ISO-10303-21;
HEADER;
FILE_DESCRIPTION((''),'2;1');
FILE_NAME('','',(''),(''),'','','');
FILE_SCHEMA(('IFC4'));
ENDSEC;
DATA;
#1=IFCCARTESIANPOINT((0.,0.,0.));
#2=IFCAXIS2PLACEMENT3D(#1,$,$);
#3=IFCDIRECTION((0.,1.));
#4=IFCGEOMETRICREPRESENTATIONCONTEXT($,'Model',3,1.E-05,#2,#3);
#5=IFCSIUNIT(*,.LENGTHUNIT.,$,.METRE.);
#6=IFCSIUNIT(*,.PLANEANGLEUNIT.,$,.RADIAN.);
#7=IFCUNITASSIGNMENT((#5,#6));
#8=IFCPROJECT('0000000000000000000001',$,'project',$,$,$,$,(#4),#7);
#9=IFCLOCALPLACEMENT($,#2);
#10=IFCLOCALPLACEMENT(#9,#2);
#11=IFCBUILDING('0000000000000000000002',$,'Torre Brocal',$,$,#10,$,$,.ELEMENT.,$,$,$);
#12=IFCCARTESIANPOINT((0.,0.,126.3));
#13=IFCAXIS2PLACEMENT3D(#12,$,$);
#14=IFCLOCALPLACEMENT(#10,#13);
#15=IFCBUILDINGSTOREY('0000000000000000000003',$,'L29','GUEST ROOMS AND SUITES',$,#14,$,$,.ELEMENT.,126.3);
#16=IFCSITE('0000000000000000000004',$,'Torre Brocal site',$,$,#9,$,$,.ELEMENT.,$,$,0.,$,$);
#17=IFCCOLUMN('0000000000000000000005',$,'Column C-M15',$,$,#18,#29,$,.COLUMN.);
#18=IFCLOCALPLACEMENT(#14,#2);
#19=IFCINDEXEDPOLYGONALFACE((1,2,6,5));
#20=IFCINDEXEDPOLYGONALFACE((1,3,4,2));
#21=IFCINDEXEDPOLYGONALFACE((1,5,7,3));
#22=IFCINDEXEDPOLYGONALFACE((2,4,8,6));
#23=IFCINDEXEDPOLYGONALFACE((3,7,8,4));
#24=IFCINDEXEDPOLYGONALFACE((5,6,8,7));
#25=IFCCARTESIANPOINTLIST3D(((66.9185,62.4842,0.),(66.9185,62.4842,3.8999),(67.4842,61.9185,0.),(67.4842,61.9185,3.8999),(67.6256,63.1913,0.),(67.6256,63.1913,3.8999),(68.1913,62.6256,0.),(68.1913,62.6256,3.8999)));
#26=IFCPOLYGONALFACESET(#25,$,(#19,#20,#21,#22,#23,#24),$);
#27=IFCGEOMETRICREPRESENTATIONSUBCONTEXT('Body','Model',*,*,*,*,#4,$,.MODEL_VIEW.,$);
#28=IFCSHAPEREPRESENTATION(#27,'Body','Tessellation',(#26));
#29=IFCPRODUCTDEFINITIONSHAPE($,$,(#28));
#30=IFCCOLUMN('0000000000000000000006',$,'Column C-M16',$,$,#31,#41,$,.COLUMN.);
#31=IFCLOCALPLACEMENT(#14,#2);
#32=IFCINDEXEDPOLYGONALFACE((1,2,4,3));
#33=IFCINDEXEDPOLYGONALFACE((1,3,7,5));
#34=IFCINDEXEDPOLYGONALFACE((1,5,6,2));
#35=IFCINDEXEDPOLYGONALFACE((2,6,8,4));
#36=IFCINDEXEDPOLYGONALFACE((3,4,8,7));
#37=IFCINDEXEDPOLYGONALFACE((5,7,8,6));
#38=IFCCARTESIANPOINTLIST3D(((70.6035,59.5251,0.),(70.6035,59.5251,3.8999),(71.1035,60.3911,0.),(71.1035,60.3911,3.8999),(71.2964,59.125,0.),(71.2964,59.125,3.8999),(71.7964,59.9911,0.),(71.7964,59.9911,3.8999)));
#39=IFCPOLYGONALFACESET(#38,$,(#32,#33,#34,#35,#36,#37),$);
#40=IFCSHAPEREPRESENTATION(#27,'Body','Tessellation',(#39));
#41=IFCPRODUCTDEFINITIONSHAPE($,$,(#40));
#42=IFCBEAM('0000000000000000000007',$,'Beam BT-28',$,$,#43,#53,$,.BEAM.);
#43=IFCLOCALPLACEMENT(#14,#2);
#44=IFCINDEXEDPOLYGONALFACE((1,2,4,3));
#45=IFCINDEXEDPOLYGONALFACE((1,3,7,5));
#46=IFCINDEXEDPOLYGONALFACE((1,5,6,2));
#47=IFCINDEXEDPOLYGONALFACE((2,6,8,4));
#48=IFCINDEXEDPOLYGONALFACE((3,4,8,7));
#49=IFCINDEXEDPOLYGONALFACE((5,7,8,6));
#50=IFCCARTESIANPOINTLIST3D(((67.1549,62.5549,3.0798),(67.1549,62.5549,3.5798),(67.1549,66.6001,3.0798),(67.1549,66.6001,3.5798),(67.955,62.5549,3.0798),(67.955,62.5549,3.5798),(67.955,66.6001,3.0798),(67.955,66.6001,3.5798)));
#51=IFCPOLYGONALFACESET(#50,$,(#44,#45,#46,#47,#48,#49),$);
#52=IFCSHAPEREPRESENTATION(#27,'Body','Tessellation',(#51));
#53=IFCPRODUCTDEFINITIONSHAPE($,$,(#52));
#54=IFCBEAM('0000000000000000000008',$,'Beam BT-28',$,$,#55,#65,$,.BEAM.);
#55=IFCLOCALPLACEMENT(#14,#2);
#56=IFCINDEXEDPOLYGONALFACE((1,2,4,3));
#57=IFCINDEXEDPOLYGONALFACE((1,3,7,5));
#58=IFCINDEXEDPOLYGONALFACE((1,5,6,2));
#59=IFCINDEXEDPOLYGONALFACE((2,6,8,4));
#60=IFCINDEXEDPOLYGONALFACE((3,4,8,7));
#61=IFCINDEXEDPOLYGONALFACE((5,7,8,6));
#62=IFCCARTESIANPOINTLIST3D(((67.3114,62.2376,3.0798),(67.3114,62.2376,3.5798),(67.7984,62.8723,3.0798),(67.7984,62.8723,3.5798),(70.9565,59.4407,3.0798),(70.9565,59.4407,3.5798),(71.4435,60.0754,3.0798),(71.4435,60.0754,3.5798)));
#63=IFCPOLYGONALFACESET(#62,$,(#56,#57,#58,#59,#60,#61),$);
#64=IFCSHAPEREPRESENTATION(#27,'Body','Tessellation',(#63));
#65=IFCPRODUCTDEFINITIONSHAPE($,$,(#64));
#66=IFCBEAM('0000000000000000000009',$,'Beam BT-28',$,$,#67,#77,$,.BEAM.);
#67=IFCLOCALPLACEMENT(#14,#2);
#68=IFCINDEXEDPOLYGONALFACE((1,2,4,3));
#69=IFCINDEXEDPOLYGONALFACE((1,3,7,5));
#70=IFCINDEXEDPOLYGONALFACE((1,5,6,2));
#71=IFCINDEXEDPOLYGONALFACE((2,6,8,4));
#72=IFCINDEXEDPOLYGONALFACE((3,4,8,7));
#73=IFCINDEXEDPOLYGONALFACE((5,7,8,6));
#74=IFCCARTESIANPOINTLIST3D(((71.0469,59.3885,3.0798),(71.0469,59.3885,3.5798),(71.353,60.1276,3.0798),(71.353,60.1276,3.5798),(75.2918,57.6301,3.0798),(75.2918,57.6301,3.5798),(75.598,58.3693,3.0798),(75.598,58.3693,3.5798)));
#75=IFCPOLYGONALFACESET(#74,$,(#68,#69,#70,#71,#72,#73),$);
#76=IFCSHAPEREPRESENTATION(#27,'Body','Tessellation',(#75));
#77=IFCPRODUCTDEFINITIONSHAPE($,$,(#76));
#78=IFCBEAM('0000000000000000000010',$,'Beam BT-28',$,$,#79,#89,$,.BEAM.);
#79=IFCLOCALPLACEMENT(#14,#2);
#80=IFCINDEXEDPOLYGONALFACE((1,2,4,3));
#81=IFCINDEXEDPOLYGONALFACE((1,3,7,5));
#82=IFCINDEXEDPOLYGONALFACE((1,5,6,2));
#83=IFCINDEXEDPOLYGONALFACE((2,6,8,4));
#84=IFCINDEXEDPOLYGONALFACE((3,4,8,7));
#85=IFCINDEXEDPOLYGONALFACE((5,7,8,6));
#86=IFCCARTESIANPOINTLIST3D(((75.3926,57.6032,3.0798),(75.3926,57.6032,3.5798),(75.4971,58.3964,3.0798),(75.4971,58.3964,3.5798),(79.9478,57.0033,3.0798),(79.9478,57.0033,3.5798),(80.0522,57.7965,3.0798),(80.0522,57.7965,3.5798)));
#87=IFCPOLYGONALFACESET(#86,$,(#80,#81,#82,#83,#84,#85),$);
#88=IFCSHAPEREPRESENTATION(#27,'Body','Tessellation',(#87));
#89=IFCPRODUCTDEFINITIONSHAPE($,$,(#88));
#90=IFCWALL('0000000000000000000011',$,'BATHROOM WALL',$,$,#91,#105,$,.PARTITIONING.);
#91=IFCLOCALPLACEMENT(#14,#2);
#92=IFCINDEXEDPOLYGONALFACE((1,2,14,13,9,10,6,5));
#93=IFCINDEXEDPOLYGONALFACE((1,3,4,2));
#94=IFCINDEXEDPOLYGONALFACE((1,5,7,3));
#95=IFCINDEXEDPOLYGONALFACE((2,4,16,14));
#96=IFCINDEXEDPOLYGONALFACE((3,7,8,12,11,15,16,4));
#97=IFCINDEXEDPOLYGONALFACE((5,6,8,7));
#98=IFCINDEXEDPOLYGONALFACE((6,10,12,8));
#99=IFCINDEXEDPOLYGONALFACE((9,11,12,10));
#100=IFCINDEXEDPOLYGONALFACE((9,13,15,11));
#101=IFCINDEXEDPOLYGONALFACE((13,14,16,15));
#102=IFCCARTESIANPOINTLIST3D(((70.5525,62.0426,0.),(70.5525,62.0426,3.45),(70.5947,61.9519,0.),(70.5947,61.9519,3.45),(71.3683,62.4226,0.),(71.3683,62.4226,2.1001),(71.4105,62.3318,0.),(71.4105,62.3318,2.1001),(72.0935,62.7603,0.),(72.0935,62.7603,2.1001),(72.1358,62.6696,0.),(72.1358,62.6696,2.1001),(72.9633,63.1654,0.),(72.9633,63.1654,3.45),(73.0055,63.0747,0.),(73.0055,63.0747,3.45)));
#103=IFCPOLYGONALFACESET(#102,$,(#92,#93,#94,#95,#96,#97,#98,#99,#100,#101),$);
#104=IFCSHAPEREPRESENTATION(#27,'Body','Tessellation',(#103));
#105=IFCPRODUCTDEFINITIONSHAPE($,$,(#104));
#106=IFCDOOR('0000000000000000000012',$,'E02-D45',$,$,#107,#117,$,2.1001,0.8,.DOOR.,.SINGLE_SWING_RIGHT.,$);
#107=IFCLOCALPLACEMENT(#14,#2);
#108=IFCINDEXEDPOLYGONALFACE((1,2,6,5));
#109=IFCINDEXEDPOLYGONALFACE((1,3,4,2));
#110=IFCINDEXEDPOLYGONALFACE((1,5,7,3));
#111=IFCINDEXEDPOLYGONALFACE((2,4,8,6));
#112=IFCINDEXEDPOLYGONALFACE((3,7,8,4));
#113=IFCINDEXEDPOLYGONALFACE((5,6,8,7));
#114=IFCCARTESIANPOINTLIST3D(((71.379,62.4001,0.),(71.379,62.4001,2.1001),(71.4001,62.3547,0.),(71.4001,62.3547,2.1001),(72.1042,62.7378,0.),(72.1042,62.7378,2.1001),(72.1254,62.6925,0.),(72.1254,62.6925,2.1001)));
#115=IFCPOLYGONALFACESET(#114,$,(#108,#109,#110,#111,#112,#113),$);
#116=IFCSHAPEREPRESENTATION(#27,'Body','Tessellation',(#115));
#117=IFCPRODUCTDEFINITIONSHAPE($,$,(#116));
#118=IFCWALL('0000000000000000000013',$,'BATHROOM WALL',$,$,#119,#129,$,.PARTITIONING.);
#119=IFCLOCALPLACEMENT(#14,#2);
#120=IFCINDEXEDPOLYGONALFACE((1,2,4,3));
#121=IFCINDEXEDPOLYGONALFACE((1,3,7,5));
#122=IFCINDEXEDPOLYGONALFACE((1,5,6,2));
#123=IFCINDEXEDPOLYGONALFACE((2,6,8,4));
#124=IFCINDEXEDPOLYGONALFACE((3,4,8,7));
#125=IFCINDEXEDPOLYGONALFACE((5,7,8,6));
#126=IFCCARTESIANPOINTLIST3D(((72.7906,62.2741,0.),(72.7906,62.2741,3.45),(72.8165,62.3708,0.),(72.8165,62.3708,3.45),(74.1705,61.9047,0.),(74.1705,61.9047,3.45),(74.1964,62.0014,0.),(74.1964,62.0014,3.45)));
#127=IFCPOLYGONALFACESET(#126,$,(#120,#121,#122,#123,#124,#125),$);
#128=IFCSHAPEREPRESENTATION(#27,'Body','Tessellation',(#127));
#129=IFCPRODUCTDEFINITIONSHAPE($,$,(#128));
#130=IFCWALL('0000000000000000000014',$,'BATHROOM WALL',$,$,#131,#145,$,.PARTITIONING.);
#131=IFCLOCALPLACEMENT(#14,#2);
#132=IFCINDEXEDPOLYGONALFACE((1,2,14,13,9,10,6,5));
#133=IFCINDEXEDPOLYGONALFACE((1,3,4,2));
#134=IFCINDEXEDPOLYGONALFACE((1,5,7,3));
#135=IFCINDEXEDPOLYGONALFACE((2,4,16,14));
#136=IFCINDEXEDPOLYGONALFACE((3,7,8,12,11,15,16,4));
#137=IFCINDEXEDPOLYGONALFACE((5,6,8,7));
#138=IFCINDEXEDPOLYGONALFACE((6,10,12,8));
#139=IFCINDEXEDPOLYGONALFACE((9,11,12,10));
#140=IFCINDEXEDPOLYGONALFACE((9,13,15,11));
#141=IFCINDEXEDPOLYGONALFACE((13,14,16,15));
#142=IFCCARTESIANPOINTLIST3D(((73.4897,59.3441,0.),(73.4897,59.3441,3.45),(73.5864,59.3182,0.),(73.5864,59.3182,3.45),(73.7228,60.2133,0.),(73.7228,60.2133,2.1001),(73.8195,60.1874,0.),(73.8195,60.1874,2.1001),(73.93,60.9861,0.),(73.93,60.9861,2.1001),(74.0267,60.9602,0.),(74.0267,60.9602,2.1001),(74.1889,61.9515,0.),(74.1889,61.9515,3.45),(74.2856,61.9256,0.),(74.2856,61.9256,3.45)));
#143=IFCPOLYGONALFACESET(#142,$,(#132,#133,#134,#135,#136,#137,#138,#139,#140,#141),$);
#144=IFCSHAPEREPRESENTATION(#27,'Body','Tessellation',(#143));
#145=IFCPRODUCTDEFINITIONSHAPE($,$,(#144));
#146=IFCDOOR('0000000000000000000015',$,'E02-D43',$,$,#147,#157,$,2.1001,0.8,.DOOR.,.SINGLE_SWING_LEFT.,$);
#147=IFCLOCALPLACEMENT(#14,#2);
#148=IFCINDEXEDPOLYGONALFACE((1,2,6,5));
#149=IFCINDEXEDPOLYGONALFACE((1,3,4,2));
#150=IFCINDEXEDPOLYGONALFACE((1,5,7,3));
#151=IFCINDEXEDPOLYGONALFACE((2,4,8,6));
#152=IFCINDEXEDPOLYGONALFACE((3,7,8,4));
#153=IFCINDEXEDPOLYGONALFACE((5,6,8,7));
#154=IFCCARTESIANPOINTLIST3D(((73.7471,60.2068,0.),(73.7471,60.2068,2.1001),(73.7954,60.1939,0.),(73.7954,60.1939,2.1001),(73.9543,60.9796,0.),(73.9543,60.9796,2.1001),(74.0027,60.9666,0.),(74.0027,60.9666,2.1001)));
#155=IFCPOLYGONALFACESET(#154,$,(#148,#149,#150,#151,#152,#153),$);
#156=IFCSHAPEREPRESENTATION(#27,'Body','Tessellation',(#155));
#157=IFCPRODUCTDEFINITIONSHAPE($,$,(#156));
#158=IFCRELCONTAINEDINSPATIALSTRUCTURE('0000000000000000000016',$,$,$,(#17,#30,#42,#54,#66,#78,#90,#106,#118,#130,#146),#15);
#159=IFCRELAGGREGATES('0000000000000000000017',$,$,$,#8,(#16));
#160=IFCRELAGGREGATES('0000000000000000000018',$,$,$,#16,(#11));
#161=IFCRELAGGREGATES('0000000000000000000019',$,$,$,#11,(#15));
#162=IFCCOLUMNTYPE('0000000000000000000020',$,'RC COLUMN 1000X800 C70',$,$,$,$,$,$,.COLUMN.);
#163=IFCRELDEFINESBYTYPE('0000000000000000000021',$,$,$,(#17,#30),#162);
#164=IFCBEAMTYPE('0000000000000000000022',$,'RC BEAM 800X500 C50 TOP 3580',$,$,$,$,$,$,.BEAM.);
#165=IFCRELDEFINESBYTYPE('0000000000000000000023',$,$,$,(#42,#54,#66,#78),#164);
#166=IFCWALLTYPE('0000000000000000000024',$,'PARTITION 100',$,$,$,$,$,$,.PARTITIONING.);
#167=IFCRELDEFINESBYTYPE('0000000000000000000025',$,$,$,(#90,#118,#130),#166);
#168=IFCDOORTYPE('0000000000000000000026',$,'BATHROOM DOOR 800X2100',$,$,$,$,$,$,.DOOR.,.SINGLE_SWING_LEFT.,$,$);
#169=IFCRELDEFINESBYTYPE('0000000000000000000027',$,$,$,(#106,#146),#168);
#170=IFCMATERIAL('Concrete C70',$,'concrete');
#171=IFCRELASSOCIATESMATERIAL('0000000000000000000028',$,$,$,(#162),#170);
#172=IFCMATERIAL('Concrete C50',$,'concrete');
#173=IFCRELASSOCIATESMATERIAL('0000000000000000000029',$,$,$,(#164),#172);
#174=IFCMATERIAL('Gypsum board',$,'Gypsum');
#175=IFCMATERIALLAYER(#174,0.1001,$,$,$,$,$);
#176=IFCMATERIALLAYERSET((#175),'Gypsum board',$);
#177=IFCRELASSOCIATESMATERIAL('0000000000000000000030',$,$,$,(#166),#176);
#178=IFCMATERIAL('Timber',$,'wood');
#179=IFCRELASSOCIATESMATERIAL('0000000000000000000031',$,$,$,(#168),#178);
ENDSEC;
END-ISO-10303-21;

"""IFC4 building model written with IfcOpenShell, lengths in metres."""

from ifc_helpers import new_model, si_unit, direction, frame, frame_2d, origin, origin_2d, place, context, subcontext, project, spatial, rectangle, extrude, material, layer, layer_set, material_profile, profile_set, type_object, element, fill, save


model = new_model("IFC4")

# Units and contexts
model_context = context("Model", 3, precision=1e-05, world=origin(), true_north=direction((0.0, 1.0)))
body_context = subcontext(model_context, "Body", "Model", "MODEL_VIEW")
ifc_project = project(units=[si_unit("LENGTHUNIT", "METRE"), si_unit("PLANEANGLEUNIT", "RADIAN")], contexts=[model_context])

# Site, building, storey
site_placement = place(None, origin())
site = spatial("IfcSite", under=ifc_project, at=site_placement, Name="Torre Brocal site", CompositionType="ELEMENT", RefElevation=0.0)
building_placement = place(site_placement, origin())
building = spatial("IfcBuilding", under=site, at=building_placement, Name="Torre Brocal", CompositionType="ELEMENT")
storey_placement = place(building_placement, frame((0.0, 0.0, 126.3)))
storey = spatial("IfcBuildingStorey", under=building, at=storey_placement, Name="L29", Description="GUEST ROOMS AND SUITES", CompositionType="ELEMENT", Elevation=126.3)

# Columns
ifc_material_1 = material(Name="Concrete C70", Category="concrete")
ifc_material_profile_1 = material_profile(ifc_material_1, rectangle(XDim=1.0, YDim=0.8, at=origin_2d()), Name="RC 1000X800")
ifc_profile_set_1 = profile_set([ifc_material_profile_1], Name="Concrete C70")
column_type = type_object("IfcColumnType", Name="RC COLUMN 1000X800 C70", PredefinedType="COLUMN", material=ifc_profile_set_1)
for number, where, z_axis, x_axis, name in (
    (1, (67.5549, 62.5549, 0.0), (0.0, 0.0, 1.0), (-0.707107, -0.707107, 0.0), "Column C-M15"),
    (2, (71.2, 59.7581, 0.0), (0.0, 0.0, 1.0), (-0.5, -0.866025, 0.0), "Column C-M16"),
):
    element("IfcColumn", number, at=place(storey_placement, frame(where, z_axis=z_axis, x_axis=x_axis)), inside=storey, type_object=column_type, Name=name, PredefinedType="COLUMN", context=body_context, shape_type="SweptSolid", body=[
        extrude(rectangle(XDim=1.0, YDim=0.8, at=origin_2d()), origin(), (0.0, 0.0, 1.0), 3.8999),
    ])

# Beams
ifc_material_2 = material(Name="Concrete C50", Category="concrete")
ifc_material_profile_2 = material_profile(ifc_material_2, rectangle(XDim=0.8, YDim=0.5, at=origin_2d()), Name="RC 800X500")
ifc_profile_set_2 = profile_set([ifc_material_profile_2], Name="Concrete C50")
beam_type = type_object("IfcBeamType", Name="RC BEAM 800X500 C50 TOP 3580", PredefinedType="BEAM", material=ifc_profile_set_2)
beam_1_placement = place(storey_placement, frame((67.5549, 62.5549, 3.3298), z_axis=(0.0, 1.0, 0.0), x_axis=(-1.0, 0.0, 0.0)))
element("IfcBeam", 3, at=beam_1_placement, inside=storey, type_object=beam_type, Name="Beam BT-28", PredefinedType="BEAM", context=body_context, shape_type="SweptSolid", body=[
    extrude(rectangle(XDim=0.8, YDim=0.5, at=origin_2d()), origin(), (0.0, 0.0, 1.0), 4.0452),
])
beam_2_placement = place(storey_placement, frame((67.5549, 62.5549, 3.3298), z_axis=(0.793358, -0.608755, 0.0), x_axis=(0.608755, 0.793358, 0.0)))
element("IfcBeam", 4, at=beam_2_placement, inside=storey, type_object=beam_type, Name="Beam BT-28", PredefinedType="BEAM", context=body_context, shape_type="SweptSolid", body=[
    extrude(rectangle(XDim=0.8, YDim=0.5, at=origin_2d()), origin(), (0.0, 0.0, 1.0), 4.5945),
])
beam_3_placement = place(storey_placement, frame((71.2, 59.7581, 3.3298), z_axis=(0.923878, -0.382687, 0.0), x_axis=(0.382687, 0.923878, 0.0)))
element("IfcBeam", 5, at=beam_3_placement, inside=storey, type_object=beam_type, Name="Beam BT-28", PredefinedType="BEAM", context=body_context, shape_type="SweptSolid", body=[
    extrude(rectangle(XDim=0.8, YDim=0.5, at=origin_2d()), origin(), (0.0, 0.0, 1.0), 4.5947),
])
beam_4_placement = place(storey_placement, frame((75.4448, 57.9998, 3.3298), z_axis=(0.991441, -0.130559, 0.0), x_axis=(0.130559, 0.991441, 0.0)))
element("IfcBeam", 6, at=beam_4_placement, inside=storey, type_object=beam_type, Name="Beam BT-28", PredefinedType="BEAM", context=body_context, shape_type="SweptSolid", body=[
    extrude(rectangle(XDim=0.8, YDim=0.5, at=origin_2d()), origin(), (0.0, 0.0, 1.0), 4.5945),
])

# Wall, opening, door
ifc_material_3 = material(Name="Gypsum board", Category="Gypsum")
ifc_layer_1 = layer(ifc_material_3, 0.1001)
ifc_layer_set_1 = layer_set([ifc_layer_1], Name="Gypsum board")
wall_type_1 = type_object("IfcWallType", Name="PARTITION 100", PredefinedType="PARTITIONING", material=ifc_layer_set_1)
wall_1_placement = place(storey_placement, frame((70.5737, 61.9973, 0.0), z_axis=(0.0, 0.0, 1.0), x_axis=(0.906511, 0.422182, 0.0)))
wall_1 = element("IfcWall", 7, at=wall_1_placement, inside=storey, type_object=wall_type_1, Name="BATHROOM WALL", PredefinedType="PARTITIONING", context=body_context, shape_type="SweptSolid", body=[
    extrude(rectangle(XDim=2.6594, YDim=0.1001, at=frame_2d((1.3296, 0.0))), origin(), (0.0, 0.0, 1.0), 3.45),
])
opening_1_placement = place(wall_1_placement, frame((0.8999, 0.0, 0.0)))
opening_1 = element("IfcOpeningElement", 8, at=opening_1_placement, cuts=wall_1, PredefinedType="OPENING", context=body_context, shape_type="SweptSolid", body=[
    extrude(rectangle(XDim=0.8, YDim=2.1001, at=frame_2d((0.3999, 1.05))), frame((0.0, 0.0601, 0.0), z_axis=(0.0, -1.0, 0.0), x_axis=(1.0, 0.0, 0.0)), (0.0, 0.0, 1.0), 0.1201),
])
ifc_material_4 = material(Name="Timber", Category="wood")
door_type_1 = type_object("IfcDoorType", Name="BATHROOM DOOR 800X2100", OperationType="SINGLE_SWING_LEFT", PredefinedType="DOOR", material=ifc_material_4)
door_1_placement = place(opening_1_placement, frame((0.8, 0.0, 0.0), z_axis=(0.0, 0.0, 1.0), x_axis=(-1.0, 0.0, 0.0)))
door_1 = element("IfcDoor", 9, at=door_1_placement, inside=storey, type_object=door_type_1, Name="E02-D45", OperationType="SINGLE_SWING_RIGHT", OverallHeight=2.1001, OverallWidth=0.8, PredefinedType="DOOR", context=body_context, shape_type="SweptSolid", body=[
    extrude(rectangle(XDim=0.8, YDim=2.1001, at=frame_2d((0.3999, 1.05))), frame((0.0, 0.0249, 0.0), z_axis=(0.0, -1.0, 0.0), x_axis=(1.0, 0.0, 0.0)), (0.0, 0.0, 1.0), 0.05),
])
fill(opening_1, door_1)

# Wall
wall_2_placement = place(storey_placement, frame((72.8035, 62.3225, 0.0), z_axis=(0.0, 0.0, 1.0), x_axis=(0.965988, -0.258588, 0.0)))
element("IfcWall", 10, at=wall_2_placement, inside=storey, type_object=wall_type_1, Name="BATHROOM WALL", PredefinedType="PARTITIONING", context=body_context, shape_type="SweptSolid", body=[
    extrude(rectangle(XDim=1.4285, YDim=0.1001, at=frame_2d((0.7144, 0.0))), origin(), (0.0, 0.0, 1.0), 3.45),
])

# Wall, opening, door
wall_3_placement = place(storey_placement, frame((73.5381, 59.3313, 0.0), z_axis=(0.0, 0.0, 1.0), x_axis=(0.259013, 0.965874, 0.0)))
wall_3 = element("IfcWall", 11, at=wall_3_placement, inside=storey, type_object=wall_type_1, Name="BATHROOM WALL", PredefinedType="PARTITIONING", context=body_context, shape_type="SweptSolid", body=[
    extrude(rectangle(XDim=2.6995, YDim=0.1001, at=frame_2d((1.3496, 0.0))), origin(), (0.0, 0.0, 1.0), 3.45),
])
opening_2_placement = place(wall_3_placement, frame((0.8999, 0.0, 0.0)))
opening_2 = element("IfcOpeningElement", 12, at=opening_2_placement, cuts=wall_3, PredefinedType="OPENING", context=body_context, shape_type="SweptSolid", body=[
    extrude(rectangle(XDim=0.8, YDim=2.1001, at=frame_2d((0.3999, 1.05))), frame((0.0, 0.0601, 0.0), z_axis=(0.0, -1.0, 0.0), x_axis=(1.0, 0.0, 0.0)), (0.0, 0.0, 1.0), 0.1201),
])
door_2_placement = place(opening_2_placement, origin())
door_2 = element("IfcDoor", 13, at=door_2_placement, inside=storey, type_object=door_type_1, Name="E02-D43", OperationType="SINGLE_SWING_LEFT", OverallHeight=2.1001, OverallWidth=0.8, PredefinedType="DOOR", context=body_context, shape_type="SweptSolid", body=[
    extrude(rectangle(XDim=0.8, YDim=2.1001, at=frame_2d((0.3999, 1.05))), frame((0.0, 0.0249, 0.0), z_axis=(0.0, -1.0, 0.0), x_axis=(1.0, 0.0, 0.0)), (0.0, 0.0, 1.0), 0.05),
])
fill(opening_2, door_2)

save(model, "model.ifc")
